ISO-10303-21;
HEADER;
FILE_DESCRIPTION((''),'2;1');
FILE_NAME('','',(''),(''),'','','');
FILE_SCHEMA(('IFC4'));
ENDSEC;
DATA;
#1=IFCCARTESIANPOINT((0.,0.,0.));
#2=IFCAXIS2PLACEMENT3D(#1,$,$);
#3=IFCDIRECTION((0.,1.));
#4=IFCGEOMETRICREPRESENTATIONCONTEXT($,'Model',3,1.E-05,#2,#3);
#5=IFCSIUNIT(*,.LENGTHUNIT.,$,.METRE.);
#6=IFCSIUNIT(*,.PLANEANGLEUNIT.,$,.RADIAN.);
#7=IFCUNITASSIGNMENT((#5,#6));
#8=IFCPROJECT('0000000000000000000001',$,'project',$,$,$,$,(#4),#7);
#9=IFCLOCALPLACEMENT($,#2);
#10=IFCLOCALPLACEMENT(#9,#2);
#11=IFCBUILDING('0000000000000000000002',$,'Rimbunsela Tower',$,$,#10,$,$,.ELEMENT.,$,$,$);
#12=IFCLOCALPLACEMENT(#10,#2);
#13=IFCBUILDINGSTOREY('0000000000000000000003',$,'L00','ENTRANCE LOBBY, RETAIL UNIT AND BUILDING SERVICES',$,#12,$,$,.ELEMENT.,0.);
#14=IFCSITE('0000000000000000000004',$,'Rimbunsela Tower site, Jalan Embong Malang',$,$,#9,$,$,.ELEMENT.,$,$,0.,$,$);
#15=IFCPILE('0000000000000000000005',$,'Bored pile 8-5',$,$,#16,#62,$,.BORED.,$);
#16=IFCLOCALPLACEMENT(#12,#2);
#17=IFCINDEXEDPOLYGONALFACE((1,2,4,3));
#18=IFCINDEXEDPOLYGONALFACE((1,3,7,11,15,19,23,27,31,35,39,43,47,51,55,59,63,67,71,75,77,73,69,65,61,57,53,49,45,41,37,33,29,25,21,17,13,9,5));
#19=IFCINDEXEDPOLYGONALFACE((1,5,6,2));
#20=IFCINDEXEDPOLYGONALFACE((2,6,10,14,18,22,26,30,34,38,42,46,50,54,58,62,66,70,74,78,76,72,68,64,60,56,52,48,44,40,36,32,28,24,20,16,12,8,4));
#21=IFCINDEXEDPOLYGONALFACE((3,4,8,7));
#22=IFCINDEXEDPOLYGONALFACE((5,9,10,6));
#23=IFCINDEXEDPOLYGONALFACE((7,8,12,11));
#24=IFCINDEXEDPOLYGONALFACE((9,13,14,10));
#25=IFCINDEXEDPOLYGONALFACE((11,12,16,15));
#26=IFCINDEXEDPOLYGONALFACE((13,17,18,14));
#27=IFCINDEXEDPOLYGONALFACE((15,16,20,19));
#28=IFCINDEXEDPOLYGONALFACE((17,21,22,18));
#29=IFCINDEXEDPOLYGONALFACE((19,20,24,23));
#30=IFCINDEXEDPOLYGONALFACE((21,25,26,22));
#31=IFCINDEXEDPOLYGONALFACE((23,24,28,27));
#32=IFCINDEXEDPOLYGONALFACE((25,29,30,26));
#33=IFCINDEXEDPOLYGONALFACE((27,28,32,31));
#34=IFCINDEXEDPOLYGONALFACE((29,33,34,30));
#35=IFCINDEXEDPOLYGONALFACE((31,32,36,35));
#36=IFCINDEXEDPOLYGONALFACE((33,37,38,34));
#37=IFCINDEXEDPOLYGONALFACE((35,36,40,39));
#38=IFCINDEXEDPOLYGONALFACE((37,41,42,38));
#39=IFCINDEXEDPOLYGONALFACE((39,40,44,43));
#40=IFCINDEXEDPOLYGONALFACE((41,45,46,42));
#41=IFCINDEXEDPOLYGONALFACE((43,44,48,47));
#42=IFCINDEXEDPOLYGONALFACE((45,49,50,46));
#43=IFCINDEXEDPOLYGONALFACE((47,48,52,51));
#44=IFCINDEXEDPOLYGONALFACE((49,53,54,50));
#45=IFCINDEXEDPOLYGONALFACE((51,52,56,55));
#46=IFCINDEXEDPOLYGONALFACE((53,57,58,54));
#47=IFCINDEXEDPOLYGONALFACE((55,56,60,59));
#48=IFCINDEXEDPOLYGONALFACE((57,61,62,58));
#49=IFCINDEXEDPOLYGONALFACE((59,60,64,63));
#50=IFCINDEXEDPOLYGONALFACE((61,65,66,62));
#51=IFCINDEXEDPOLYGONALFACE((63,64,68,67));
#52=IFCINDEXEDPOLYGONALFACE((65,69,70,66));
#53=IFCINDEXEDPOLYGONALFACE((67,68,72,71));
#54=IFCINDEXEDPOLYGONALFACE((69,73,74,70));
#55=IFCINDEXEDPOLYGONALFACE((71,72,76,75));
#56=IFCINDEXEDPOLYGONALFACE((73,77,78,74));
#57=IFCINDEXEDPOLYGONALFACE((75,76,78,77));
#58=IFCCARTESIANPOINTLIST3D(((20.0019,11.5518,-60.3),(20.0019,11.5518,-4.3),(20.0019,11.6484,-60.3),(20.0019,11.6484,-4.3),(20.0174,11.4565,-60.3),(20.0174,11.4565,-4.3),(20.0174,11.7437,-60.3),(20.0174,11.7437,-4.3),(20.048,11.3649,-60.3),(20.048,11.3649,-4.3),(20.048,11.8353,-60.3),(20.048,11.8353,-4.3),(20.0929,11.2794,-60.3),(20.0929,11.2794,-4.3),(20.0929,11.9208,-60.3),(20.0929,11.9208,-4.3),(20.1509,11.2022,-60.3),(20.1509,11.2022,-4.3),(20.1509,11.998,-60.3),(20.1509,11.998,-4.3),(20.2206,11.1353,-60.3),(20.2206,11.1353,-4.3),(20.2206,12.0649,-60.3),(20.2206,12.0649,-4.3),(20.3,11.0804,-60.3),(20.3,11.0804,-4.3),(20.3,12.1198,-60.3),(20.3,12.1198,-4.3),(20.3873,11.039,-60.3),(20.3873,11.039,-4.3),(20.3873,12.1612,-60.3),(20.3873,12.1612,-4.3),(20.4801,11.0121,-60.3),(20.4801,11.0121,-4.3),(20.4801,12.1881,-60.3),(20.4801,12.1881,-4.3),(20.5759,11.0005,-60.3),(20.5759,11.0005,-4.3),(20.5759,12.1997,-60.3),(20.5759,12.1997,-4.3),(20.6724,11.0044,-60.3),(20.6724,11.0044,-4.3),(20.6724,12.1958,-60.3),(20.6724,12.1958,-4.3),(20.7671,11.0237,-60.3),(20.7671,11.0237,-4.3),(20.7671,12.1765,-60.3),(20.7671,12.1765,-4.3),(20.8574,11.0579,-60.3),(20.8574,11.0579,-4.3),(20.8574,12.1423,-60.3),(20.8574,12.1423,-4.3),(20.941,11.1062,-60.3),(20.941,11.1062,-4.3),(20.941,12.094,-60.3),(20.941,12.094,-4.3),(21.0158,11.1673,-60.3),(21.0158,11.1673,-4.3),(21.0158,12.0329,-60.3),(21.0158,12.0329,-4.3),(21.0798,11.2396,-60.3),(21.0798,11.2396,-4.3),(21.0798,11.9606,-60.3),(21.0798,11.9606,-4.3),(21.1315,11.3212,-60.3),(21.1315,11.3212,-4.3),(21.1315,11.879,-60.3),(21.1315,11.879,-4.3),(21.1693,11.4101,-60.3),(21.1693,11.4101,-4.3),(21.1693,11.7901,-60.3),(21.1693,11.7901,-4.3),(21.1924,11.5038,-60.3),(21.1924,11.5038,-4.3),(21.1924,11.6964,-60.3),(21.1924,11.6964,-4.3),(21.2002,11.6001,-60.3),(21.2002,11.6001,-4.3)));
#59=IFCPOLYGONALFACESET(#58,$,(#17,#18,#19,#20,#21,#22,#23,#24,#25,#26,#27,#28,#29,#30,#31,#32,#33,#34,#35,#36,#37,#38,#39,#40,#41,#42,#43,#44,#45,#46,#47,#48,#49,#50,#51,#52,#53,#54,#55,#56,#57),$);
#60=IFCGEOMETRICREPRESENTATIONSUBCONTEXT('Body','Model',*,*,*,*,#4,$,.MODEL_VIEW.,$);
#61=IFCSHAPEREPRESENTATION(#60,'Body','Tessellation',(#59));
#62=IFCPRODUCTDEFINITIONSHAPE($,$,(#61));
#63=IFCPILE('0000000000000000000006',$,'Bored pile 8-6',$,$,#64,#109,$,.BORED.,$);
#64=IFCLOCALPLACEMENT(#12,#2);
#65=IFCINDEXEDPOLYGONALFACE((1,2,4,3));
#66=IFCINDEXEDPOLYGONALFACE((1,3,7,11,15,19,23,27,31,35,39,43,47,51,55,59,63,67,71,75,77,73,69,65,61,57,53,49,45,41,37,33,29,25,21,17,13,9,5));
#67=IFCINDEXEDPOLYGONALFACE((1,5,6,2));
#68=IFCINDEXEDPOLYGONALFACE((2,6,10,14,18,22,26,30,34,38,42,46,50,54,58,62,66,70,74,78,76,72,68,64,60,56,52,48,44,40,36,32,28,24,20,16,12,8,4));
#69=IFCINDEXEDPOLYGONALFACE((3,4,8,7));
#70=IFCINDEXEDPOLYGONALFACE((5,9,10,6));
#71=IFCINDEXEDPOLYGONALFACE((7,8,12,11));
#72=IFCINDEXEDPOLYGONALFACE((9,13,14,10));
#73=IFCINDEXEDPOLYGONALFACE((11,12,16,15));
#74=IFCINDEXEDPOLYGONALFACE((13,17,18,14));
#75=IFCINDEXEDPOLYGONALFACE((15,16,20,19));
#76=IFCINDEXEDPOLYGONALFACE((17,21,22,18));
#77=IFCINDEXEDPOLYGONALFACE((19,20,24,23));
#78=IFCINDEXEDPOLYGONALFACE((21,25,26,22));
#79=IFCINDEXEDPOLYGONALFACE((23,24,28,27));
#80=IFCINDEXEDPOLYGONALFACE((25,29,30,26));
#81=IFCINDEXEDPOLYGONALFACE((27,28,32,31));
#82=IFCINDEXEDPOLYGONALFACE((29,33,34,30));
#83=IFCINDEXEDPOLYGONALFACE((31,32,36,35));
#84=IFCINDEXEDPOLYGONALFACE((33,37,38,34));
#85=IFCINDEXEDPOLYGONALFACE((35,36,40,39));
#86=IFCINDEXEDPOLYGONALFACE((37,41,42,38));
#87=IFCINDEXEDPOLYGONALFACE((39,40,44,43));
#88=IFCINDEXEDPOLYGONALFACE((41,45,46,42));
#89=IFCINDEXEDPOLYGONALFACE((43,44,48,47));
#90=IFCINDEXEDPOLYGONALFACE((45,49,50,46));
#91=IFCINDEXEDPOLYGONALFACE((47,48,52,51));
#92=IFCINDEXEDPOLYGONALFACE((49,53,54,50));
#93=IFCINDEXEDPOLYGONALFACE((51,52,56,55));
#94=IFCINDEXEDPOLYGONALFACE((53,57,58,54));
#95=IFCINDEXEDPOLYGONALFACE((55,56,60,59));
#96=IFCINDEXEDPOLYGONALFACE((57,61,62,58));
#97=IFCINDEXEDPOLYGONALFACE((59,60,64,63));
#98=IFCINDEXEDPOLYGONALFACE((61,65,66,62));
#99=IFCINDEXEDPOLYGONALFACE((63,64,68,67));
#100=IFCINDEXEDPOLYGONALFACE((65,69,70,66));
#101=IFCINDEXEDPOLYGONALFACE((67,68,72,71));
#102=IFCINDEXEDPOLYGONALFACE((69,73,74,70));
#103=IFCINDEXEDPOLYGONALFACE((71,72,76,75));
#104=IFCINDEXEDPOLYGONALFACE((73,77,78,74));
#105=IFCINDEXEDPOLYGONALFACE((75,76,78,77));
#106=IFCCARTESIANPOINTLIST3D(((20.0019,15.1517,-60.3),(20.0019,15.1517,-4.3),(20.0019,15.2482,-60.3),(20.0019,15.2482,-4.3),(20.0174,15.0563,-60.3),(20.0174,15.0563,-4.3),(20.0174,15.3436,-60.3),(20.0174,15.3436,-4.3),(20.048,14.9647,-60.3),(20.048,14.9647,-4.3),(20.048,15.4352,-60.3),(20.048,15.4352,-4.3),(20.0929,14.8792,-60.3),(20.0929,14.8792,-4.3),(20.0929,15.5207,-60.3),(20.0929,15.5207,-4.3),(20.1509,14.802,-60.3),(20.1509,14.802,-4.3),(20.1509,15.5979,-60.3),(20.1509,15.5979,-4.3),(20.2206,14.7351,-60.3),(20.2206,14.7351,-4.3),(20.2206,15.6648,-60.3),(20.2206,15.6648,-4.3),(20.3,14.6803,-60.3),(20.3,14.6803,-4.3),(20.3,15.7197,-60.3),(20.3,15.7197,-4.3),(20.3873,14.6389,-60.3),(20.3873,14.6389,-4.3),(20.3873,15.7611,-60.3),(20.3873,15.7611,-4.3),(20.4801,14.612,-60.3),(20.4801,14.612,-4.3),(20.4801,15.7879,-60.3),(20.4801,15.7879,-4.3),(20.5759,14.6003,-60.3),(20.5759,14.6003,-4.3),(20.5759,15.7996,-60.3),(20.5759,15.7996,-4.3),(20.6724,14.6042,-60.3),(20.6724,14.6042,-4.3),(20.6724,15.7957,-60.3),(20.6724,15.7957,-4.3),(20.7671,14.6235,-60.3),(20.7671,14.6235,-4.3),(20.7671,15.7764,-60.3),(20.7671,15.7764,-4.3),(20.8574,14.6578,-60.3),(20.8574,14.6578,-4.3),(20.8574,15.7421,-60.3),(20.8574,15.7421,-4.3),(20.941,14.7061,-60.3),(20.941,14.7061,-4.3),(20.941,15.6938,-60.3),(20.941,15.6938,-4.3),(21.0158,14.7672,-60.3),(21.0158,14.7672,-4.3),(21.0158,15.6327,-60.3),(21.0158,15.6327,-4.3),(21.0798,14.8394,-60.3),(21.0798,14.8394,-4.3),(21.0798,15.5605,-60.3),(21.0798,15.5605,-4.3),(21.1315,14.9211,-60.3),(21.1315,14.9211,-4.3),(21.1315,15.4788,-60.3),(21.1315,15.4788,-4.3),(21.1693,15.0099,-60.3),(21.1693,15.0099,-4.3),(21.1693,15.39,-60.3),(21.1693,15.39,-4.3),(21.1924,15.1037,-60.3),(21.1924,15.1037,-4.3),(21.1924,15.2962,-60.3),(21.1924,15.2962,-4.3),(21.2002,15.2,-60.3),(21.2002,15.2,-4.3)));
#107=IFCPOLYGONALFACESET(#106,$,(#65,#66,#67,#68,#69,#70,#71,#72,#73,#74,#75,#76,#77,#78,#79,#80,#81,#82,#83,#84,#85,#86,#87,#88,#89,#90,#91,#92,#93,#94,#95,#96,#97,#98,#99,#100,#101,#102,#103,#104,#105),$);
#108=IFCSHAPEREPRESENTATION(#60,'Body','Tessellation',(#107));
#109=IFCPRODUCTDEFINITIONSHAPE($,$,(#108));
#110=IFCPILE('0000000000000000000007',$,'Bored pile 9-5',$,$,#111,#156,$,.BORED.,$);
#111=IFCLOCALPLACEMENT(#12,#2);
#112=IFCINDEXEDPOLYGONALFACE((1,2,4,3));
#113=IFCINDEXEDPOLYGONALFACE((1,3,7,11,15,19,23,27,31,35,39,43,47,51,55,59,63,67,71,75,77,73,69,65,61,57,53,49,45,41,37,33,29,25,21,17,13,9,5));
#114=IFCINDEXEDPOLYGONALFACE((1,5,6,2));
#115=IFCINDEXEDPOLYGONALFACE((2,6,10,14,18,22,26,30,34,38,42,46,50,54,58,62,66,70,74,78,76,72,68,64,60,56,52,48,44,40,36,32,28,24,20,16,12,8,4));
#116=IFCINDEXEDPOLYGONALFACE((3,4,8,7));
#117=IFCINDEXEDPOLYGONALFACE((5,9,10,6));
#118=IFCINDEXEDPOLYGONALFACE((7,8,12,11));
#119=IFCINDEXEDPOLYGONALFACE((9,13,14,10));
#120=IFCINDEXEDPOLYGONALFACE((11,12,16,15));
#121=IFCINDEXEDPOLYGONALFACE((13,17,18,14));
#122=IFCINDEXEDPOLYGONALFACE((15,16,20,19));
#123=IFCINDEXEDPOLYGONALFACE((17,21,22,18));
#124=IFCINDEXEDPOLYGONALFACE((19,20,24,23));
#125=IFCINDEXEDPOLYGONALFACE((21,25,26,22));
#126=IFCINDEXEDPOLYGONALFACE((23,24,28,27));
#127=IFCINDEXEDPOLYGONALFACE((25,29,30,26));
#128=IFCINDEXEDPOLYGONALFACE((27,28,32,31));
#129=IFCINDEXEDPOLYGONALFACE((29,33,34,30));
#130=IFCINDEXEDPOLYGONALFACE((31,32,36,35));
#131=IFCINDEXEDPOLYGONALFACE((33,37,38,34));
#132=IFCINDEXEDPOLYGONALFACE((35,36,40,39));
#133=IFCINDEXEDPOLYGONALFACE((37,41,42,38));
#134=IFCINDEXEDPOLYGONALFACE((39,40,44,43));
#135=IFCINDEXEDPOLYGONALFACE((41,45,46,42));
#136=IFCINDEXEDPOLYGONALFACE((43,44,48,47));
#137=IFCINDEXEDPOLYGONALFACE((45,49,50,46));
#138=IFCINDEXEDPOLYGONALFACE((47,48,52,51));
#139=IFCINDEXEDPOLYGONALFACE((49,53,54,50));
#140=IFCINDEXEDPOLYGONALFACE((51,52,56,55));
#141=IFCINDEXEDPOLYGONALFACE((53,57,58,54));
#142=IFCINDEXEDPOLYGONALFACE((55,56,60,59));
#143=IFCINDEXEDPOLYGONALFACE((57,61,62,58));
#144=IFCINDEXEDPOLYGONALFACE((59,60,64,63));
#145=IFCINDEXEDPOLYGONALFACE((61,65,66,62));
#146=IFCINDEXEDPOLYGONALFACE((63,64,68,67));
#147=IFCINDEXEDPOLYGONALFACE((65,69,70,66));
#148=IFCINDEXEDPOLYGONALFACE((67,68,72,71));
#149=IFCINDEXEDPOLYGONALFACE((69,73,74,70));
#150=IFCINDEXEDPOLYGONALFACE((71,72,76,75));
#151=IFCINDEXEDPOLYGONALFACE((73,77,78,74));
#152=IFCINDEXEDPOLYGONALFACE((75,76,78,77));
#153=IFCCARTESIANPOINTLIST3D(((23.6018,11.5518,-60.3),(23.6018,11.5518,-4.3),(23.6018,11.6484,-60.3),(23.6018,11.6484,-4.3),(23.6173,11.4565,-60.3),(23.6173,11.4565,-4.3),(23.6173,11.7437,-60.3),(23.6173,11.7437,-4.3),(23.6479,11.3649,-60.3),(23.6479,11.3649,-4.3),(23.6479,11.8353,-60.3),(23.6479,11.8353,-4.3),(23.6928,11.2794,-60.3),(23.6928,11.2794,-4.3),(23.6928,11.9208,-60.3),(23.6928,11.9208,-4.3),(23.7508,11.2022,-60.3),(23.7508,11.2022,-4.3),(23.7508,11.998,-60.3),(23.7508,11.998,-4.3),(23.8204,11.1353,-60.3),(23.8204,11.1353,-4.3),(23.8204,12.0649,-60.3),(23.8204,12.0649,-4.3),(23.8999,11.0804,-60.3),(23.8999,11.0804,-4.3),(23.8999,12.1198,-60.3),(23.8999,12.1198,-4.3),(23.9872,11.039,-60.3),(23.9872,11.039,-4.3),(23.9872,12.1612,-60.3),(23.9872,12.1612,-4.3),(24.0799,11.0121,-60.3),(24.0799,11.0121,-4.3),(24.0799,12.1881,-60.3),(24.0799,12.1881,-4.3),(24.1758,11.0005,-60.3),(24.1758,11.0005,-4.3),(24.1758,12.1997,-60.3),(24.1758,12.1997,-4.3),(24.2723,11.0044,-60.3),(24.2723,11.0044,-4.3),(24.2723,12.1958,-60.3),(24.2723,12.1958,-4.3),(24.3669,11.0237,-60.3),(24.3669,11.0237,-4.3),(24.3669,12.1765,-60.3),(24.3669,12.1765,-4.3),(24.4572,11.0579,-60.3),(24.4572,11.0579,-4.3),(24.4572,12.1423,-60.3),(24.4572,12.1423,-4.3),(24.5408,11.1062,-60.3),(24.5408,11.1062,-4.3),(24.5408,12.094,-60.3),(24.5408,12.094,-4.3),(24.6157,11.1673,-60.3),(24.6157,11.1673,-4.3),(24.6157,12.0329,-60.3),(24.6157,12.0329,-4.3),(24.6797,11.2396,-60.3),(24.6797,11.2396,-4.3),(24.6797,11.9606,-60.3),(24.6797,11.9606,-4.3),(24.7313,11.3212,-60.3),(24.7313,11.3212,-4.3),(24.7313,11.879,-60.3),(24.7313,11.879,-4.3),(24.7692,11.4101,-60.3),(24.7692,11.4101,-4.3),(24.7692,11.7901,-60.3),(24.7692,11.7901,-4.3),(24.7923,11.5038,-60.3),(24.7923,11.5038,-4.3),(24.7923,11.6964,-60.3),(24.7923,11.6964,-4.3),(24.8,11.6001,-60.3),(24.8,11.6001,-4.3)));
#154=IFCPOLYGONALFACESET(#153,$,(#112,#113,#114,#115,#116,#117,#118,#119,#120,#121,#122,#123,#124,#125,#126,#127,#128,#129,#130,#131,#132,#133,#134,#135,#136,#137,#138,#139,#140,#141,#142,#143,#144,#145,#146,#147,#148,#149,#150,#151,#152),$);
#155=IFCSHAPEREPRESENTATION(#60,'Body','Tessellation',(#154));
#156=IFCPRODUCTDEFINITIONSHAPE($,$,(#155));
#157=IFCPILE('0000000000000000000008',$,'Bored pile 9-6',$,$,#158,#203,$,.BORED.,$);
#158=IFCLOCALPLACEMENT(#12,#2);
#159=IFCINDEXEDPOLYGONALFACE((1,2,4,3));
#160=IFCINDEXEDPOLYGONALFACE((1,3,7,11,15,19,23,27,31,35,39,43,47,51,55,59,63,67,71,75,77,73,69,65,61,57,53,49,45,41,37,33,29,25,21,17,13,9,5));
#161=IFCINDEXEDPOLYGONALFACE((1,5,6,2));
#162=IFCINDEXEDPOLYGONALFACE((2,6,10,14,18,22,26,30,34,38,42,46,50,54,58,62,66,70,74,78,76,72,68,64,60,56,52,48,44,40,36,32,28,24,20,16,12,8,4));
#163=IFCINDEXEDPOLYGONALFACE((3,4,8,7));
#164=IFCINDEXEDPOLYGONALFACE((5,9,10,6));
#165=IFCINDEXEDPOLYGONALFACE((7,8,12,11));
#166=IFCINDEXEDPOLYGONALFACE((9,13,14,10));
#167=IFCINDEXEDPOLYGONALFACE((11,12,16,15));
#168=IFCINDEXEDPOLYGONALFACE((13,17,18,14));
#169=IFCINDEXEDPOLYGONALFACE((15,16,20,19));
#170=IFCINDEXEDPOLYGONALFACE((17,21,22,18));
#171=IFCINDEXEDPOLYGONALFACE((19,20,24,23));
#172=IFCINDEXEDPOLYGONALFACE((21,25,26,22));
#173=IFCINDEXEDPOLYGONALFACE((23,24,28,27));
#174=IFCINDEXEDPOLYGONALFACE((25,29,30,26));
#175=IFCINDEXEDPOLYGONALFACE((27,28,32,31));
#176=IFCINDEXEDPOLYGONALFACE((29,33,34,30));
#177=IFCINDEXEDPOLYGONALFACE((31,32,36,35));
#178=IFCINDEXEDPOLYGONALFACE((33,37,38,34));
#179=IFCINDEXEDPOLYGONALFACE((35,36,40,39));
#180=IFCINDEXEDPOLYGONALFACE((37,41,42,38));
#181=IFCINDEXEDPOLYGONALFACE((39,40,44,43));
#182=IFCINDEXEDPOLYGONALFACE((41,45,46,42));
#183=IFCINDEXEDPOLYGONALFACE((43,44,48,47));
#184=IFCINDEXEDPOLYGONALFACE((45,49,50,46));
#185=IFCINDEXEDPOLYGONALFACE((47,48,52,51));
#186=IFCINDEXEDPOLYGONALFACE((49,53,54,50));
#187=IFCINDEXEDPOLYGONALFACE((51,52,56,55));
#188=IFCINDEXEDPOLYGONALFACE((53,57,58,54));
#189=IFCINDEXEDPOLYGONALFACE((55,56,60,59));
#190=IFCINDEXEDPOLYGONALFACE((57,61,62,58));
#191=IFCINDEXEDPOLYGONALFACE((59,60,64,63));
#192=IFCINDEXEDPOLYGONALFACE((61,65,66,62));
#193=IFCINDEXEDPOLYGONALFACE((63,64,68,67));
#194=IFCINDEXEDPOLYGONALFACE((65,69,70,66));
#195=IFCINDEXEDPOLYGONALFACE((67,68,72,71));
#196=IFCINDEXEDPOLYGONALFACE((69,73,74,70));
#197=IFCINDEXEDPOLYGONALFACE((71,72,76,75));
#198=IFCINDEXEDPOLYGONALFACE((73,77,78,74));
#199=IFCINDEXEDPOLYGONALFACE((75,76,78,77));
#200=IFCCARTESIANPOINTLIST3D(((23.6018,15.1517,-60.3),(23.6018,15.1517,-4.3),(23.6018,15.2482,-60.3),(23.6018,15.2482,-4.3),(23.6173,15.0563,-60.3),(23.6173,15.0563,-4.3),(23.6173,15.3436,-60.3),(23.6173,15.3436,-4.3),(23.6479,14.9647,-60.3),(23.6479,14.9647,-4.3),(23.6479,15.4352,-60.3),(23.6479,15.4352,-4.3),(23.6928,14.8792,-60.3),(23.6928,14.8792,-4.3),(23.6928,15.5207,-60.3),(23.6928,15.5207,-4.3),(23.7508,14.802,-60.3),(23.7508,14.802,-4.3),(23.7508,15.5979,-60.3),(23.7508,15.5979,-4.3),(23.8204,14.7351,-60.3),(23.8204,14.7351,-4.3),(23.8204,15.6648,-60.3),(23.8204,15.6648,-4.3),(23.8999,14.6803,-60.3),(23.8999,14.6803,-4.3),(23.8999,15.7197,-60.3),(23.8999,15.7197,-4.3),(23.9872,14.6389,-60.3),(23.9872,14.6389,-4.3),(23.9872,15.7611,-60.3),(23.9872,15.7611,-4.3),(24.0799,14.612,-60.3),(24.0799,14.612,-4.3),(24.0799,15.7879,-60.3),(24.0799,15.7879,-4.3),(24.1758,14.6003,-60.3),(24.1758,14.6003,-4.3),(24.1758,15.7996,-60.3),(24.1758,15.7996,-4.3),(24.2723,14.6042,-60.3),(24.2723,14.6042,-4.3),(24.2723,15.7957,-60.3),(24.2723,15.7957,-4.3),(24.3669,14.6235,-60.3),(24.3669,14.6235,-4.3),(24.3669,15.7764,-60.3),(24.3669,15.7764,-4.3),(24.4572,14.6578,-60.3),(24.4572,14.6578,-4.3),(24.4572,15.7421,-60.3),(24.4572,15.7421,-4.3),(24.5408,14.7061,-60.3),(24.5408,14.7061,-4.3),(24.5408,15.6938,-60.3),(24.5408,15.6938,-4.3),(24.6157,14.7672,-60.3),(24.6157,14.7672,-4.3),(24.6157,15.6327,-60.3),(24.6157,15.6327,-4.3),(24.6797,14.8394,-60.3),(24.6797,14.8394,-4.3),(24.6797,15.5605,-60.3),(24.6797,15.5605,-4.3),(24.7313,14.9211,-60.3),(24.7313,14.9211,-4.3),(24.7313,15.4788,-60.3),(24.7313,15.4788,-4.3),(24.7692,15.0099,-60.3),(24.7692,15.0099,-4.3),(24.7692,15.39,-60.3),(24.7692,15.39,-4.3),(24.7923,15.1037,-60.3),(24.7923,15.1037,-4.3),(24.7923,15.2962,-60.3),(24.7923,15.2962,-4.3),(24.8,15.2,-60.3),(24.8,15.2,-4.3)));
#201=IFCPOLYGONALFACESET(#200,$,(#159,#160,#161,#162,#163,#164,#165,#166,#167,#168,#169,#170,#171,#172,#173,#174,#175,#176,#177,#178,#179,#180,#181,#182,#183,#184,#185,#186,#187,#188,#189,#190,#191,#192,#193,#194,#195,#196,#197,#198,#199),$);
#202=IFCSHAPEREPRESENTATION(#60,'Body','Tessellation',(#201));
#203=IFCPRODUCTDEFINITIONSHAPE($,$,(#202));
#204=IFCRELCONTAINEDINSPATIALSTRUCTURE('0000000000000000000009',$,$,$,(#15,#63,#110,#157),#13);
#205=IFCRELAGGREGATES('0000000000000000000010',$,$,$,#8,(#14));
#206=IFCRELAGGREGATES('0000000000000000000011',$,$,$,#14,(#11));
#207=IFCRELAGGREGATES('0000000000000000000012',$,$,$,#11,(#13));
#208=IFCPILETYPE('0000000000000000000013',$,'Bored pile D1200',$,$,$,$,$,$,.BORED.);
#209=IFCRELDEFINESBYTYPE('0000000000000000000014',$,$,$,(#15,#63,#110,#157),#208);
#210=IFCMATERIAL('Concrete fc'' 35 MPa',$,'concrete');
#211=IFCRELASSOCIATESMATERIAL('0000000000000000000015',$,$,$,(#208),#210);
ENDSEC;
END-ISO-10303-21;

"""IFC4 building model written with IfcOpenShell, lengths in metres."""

from ifc_helpers import new_model, si_unit, direction, frame, origin, origin_2d, place, context, subcontext, project, spatial, circle, extrude, material, material_profile, profile_set, type_object, element, save


model = new_model("IFC4")

# Units and contexts
model_context = context("Model", 3, precision=1e-05, world=origin(), true_north=direction((0.0, 1.0)))
body_context = subcontext(model_context, "Body", "Model", "MODEL_VIEW")
ifc_project = project(units=[si_unit("LENGTHUNIT", "METRE"), si_unit("PLANEANGLEUNIT", "RADIAN")], contexts=[model_context])

# Site, building, storey
site_placement = place(None, origin())
site = spatial("IfcSite", under=ifc_project, at=site_placement, Name="Rimbunsela Tower site, Jalan Embong Malang", CompositionType="ELEMENT", RefElevation=0.0)
building_placement = place(site_placement, origin())
building = spatial("IfcBuilding", under=site, at=building_placement, Name="Rimbunsela Tower", CompositionType="ELEMENT")
storey_placement = place(building_placement, origin())
storey = spatial("IfcBuildingStorey", under=building, at=storey_placement, Name="L00", Description="ENTRANCE LOBBY, RETAIL UNIT AND BUILDING SERVICES", CompositionType="ELEMENT", Elevation=0.0)

# Piles
ifc_material_1 = material(Name="Concrete fc' 35 MPa", Category="concrete")
ifc_material_profile_1 = material_profile(ifc_material_1, circle(Radius=0.6001, at=origin_2d()), Name="BP D1200")
ifc_profile_set_1 = profile_set([ifc_material_profile_1], Name="Concrete fc' 35 MPa")
pile_type = type_object("IfcPileType", Name="Bored pile D1200", PredefinedType="BORED", material=ifc_profile_set_1)
for number, where, z_axis, x_axis, name in (
    (1, (20.6001, 11.6001, -4.3), (0.0, 0.0, -1.0), (1.0, 0.0, 0.0), "Bored pile 8-5"),
    (2, (20.6001, 15.2, -4.3), (0.0, 0.0, -1.0), (1.0, 0.0, 0.0), "Bored pile 8-6"),
    (3, (24.2, 11.6001, -4.3), (0.0, 0.0, -1.0), (1.0, 0.0, 0.0), "Bored pile 9-5"),
    (4, (24.2, 15.2, -4.3), (0.0, 0.0, -1.0), (1.0, 0.0, 0.0), "Bored pile 9-6"),
):
    element("IfcPile", number, at=place(storey_placement, frame(where, z_axis=z_axis, x_axis=x_axis)), inside=storey, type_object=pile_type, Name=name, PredefinedType="BORED", context=body_context, shape_type="SweptSolid", body=[
        extrude(circle(Radius=0.6001, at=origin_2d()), origin(), (0.0, 0.0, 1.0), 56.0),
    ])

save(model, "model.ifc")
